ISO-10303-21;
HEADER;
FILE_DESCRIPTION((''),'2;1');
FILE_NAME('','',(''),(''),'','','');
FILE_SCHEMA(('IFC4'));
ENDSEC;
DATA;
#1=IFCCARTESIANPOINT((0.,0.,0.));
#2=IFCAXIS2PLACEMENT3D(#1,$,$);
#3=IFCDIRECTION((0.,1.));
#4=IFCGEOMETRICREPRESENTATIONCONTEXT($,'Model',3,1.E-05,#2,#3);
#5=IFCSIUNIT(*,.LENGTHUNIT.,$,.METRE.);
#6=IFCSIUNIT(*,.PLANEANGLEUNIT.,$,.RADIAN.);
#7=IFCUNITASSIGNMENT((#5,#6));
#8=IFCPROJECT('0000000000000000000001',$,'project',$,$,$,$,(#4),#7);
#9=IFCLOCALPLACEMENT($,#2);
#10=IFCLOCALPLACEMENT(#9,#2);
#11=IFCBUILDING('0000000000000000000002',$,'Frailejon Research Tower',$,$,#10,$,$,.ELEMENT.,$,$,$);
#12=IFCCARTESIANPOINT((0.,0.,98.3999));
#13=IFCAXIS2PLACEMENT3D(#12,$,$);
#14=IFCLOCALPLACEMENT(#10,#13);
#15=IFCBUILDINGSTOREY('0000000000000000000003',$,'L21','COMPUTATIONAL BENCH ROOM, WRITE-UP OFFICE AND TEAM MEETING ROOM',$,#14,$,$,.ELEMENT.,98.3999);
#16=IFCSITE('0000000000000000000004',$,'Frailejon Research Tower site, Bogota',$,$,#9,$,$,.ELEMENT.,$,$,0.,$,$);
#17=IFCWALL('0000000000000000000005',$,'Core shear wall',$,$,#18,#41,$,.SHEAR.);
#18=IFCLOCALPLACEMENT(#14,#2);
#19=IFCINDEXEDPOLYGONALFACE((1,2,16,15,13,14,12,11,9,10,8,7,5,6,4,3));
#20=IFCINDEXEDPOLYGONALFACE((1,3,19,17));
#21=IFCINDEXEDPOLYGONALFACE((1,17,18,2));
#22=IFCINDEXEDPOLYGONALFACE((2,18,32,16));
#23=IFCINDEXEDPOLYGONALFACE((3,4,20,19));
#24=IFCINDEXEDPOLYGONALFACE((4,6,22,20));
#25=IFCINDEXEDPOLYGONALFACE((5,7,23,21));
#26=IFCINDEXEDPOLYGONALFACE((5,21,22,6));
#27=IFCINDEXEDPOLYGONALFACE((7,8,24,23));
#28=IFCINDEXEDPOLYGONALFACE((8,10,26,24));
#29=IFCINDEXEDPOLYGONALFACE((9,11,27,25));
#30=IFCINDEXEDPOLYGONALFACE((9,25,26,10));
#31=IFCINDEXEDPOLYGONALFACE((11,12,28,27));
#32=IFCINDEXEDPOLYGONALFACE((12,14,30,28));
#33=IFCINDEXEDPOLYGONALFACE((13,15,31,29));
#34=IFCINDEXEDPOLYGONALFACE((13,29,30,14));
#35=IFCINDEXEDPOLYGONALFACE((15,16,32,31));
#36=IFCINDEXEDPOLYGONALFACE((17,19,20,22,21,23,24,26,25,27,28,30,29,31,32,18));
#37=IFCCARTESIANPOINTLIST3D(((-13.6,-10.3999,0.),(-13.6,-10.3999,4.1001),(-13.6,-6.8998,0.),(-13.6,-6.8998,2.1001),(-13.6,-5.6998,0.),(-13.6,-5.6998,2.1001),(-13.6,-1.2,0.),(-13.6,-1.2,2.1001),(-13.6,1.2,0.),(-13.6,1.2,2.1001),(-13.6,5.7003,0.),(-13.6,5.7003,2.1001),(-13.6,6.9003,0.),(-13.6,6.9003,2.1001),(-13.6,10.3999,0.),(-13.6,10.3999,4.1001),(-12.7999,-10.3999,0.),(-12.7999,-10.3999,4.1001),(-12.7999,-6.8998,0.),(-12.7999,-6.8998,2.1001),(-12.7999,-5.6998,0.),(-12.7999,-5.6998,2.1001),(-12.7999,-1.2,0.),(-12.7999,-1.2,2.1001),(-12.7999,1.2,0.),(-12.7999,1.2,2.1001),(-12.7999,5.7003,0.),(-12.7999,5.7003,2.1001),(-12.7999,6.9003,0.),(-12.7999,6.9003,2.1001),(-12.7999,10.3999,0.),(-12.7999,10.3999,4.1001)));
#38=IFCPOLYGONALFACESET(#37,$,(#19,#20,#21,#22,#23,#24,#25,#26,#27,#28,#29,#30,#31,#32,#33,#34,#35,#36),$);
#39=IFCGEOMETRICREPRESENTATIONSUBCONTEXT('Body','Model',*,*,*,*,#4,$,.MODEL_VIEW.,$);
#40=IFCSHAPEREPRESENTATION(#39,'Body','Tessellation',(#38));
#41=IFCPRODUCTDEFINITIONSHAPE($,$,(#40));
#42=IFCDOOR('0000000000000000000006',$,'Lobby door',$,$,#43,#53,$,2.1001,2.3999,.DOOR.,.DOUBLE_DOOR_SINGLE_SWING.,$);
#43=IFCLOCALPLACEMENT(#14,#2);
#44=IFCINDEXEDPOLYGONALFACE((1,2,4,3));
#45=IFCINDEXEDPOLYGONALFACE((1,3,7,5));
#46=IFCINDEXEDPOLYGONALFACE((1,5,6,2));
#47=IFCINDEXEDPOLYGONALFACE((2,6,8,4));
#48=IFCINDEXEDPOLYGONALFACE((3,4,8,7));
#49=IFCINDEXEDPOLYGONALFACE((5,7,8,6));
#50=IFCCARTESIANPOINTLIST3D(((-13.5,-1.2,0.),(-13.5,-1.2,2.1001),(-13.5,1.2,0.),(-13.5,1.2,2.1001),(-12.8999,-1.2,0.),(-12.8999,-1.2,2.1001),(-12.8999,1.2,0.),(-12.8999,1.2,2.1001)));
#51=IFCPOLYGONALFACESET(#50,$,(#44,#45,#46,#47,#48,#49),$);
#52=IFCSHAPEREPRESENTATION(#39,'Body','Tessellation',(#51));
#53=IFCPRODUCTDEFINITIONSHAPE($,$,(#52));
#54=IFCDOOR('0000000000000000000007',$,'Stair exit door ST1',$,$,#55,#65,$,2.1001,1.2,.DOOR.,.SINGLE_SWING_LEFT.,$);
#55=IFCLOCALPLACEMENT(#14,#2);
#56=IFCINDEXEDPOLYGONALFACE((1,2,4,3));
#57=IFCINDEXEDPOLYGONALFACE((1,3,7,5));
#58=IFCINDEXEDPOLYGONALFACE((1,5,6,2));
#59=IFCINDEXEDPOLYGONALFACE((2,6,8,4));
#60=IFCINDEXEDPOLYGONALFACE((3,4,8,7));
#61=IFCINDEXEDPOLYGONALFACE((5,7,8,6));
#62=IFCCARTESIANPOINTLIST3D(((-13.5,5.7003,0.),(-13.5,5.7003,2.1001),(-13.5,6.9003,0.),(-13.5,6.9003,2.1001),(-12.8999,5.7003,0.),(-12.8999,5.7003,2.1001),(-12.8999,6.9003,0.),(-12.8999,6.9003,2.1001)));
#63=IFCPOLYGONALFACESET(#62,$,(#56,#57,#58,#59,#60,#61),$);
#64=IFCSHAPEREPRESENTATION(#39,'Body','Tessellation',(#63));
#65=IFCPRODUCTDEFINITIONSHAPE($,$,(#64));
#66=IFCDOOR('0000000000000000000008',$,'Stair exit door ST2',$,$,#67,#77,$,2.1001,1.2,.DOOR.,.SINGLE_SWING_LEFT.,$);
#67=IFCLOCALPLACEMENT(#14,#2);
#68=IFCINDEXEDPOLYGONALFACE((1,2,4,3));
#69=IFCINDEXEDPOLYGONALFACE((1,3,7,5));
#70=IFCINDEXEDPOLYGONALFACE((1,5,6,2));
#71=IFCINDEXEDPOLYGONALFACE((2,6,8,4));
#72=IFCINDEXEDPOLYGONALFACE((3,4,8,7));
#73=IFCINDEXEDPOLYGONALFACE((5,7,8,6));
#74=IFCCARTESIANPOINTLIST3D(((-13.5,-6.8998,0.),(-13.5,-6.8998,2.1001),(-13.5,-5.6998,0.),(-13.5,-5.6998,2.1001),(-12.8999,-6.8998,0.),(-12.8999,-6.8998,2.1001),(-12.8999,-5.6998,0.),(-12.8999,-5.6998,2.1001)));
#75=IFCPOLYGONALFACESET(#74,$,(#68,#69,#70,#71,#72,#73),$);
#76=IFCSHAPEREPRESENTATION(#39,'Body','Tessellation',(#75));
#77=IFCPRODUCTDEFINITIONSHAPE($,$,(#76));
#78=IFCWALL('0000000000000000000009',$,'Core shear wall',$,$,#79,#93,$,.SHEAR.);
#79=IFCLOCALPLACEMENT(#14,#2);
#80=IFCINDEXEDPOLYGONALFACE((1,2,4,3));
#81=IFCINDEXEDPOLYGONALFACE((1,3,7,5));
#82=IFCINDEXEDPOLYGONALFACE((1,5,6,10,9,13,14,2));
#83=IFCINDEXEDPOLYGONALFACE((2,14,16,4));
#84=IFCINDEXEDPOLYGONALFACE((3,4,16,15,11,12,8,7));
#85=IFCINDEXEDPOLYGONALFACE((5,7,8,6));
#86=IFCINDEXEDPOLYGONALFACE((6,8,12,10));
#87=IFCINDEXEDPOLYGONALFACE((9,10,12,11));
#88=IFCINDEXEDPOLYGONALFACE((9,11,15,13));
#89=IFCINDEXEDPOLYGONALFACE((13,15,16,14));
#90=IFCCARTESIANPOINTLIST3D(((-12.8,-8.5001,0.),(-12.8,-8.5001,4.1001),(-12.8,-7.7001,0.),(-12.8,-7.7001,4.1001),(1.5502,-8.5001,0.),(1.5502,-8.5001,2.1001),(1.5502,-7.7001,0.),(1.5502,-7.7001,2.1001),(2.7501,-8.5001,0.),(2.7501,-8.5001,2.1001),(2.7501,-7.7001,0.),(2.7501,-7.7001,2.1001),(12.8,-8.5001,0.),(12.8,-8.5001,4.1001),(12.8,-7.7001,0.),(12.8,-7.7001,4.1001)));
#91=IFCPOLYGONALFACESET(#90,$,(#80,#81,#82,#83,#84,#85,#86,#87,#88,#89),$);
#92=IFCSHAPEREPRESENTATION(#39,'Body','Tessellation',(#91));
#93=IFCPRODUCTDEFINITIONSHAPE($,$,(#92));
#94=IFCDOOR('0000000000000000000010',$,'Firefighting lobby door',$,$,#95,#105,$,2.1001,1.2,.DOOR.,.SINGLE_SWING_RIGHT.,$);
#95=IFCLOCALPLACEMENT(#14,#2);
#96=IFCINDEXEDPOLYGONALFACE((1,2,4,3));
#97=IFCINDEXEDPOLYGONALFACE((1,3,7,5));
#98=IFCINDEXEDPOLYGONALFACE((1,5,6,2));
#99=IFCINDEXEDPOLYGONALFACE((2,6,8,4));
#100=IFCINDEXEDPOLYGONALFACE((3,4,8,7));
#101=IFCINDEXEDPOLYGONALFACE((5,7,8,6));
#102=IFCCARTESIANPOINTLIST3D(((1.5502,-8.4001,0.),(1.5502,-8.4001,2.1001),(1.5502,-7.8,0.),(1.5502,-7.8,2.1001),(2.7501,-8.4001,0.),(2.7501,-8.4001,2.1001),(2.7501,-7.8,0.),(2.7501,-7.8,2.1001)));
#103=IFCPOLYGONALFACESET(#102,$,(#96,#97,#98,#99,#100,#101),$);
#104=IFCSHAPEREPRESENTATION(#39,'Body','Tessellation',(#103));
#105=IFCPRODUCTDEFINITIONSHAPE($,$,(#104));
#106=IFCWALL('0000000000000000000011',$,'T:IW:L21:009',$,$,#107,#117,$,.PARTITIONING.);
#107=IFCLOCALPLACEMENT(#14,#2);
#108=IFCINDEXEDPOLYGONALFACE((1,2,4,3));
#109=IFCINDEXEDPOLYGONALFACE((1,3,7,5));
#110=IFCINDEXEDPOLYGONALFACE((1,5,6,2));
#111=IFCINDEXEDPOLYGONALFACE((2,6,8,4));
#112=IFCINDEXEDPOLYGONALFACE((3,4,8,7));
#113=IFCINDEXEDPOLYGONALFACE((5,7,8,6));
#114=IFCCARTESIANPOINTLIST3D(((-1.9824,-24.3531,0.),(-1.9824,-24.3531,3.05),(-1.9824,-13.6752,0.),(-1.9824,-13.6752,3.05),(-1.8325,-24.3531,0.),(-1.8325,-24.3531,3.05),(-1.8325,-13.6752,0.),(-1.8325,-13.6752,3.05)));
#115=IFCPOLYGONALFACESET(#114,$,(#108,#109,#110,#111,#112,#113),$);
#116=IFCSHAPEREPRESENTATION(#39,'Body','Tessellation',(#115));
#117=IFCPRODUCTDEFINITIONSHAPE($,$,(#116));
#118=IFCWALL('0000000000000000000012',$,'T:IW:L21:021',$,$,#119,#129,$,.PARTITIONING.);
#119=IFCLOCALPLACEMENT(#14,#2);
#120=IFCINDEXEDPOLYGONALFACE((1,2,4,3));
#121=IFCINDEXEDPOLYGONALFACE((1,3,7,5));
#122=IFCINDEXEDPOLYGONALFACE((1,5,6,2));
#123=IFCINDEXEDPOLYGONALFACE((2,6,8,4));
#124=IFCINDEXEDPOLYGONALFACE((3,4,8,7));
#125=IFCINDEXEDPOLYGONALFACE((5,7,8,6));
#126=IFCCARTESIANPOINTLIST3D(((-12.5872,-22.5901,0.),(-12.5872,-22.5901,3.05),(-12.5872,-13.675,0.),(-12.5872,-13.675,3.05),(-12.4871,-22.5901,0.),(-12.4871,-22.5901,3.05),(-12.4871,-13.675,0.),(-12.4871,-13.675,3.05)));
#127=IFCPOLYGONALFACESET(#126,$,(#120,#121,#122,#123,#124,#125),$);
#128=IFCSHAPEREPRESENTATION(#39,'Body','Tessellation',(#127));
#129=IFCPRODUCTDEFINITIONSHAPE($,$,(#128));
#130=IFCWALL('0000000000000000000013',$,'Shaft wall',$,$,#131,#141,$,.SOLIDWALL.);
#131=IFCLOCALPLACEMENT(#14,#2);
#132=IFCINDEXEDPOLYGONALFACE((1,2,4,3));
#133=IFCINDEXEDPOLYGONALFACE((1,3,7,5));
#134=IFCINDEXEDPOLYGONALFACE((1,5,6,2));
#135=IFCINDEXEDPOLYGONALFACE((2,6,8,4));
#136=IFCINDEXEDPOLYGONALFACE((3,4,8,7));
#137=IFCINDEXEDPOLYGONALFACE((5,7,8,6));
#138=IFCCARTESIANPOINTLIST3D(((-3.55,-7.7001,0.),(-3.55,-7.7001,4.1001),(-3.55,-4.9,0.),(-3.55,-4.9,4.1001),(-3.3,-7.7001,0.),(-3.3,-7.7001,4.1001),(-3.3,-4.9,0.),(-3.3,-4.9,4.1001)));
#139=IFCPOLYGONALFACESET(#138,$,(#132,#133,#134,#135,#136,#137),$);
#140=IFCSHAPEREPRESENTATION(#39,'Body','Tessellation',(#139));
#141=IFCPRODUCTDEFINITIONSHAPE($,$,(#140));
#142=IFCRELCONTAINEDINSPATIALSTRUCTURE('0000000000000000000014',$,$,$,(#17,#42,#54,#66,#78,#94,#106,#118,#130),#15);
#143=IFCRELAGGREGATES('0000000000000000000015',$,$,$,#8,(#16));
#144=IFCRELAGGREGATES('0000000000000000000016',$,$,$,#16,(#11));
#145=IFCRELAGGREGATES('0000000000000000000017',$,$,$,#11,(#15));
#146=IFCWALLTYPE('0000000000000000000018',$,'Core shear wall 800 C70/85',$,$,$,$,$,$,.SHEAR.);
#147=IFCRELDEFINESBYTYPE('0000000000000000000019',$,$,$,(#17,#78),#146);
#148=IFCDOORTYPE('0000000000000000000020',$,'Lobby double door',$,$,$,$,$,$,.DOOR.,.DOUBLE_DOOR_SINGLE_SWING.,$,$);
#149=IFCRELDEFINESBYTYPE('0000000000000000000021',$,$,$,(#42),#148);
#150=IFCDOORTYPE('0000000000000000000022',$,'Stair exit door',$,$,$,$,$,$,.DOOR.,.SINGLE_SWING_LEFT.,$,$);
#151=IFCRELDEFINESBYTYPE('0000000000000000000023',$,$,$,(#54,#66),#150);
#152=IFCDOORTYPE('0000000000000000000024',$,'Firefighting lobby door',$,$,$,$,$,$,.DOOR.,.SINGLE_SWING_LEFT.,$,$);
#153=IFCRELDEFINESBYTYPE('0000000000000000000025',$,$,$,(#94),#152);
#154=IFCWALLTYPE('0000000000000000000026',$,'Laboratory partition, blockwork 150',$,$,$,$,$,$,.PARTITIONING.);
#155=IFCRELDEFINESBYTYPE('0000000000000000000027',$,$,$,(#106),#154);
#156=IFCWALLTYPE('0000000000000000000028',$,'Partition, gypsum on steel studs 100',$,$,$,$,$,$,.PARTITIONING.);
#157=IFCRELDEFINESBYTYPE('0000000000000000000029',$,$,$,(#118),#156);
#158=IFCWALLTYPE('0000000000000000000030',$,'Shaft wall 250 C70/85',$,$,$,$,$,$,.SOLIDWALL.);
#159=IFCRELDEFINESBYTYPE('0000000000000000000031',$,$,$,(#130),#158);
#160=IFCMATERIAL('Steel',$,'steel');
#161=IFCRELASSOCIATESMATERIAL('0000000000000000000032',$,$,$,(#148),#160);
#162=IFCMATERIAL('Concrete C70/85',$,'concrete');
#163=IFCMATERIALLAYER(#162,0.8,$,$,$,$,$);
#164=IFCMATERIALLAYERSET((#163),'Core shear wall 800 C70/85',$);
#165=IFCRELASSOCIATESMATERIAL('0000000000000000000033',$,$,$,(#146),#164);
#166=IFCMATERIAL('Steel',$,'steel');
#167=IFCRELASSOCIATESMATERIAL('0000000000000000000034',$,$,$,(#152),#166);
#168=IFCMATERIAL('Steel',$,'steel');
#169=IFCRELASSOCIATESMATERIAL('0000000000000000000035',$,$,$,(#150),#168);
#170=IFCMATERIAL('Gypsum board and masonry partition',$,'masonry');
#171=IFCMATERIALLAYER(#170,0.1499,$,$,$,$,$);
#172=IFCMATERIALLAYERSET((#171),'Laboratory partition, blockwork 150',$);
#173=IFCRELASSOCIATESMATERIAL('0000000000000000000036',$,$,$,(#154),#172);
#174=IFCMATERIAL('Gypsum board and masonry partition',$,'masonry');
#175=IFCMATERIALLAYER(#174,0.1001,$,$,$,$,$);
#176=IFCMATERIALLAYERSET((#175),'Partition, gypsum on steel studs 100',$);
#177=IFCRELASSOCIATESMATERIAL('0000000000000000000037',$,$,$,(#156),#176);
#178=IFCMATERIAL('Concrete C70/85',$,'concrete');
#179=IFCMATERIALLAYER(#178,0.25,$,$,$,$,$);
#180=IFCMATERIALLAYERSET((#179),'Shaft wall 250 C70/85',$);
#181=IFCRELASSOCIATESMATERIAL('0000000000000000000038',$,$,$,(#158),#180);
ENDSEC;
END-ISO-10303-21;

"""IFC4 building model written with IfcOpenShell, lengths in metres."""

from ifc_helpers import new_model, si_unit, direction, frame, frame_2d, origin, place, context, subcontext, project, spatial, rectangle, extrude, material, layer, layer_set, type_object, element, fill, save


model = new_model("IFC4")

# Units and contexts
model_context = context("Model", 3, precision=1e-05, world=origin(), true_north=direction((0.0, 1.0)))
body_context = subcontext(model_context, "Body", "Model", "MODEL_VIEW")
ifc_project = project(units=[si_unit("LENGTHUNIT", "METRE"), si_unit("PLANEANGLEUNIT", "RADIAN")], contexts=[model_context])

# Site, building, storey
site_placement = place(None, origin())
site = spatial("IfcSite", under=ifc_project, at=site_placement, Name="Frailejon Research Tower site, Bogota", CompositionType="ELEMENT", RefElevation=0.0)
building_placement = place(site_placement, origin())
building = spatial("IfcBuilding", under=site, at=building_placement, Name="Frailejon Research Tower", CompositionType="ELEMENT")
storey_placement = place(building_placement, frame((0.0, 0.0, 98.3999)))
storey = spatial("IfcBuildingStorey", under=building, at=storey_placement, Name="L21", Description="COMPUTATIONAL BENCH ROOM, WRITE-UP OFFICE AND TEAM MEETING ROOM", CompositionType="ELEMENT", Elevation=98.3999)

# Wall, openings, doors
ifc_material_1 = material(Name="Steel", Category="steel")
door_type_1 = type_object("IfcDoorType", Name="Lobby double door", OperationType="DOUBLE_DOOR_SINGLE_SWING", PredefinedType="DOOR", material=ifc_material_1)
ifc_material_2 = material(Name="Concrete C70/85", Category="concrete")
ifc_layer_1 = layer(ifc_material_2, 0.8)
ifc_layer_set_1 = layer_set([ifc_layer_1], Name="Core shear wall 800 C70/85")
wall_type_1 = type_object("IfcWallType", Name="Core shear wall 800 C70/85", PredefinedType="SHEAR", material=ifc_layer_set_1)
ifc_material_3 = material(Name="Steel", Category="steel")
door_type_2 = type_object("IfcDoorType", Name="Firefighting lobby door", OperationType="SINGLE_SWING_LEFT", PredefinedType="DOOR", material=ifc_material_3)
wall_1_placement = place(storey_placement, frame((-13.2, -10.3999, 0.0), z_axis=(0.0, 0.0, 1.0), x_axis=(0.0, 1.0, 0.0)))
wall_1 = element("IfcWall", 1, at=wall_1_placement, inside=storey, type_object=wall_type_1, Name="Core shear wall", PredefinedType="SHEAR", context=body_context, shape_type="SweptSolid", body=[
    extrude(rectangle(XDim=20.7998, YDim=0.8, at=frame_2d((10.3999, 0.0))), origin(), (0.0, 0.0, 1.0), 4.1001),
])
opening_1_placement = place(wall_1_placement, frame((9.2, 0.0, 0.0)))
opening_1 = element("IfcOpeningElement", 2, at=opening_1_placement, cuts=wall_1, PredefinedType="OPENING", context=body_context, shape_type="SweptSolid", body=[
    extrude(rectangle(XDim=2.3999, YDim=2.1001, at=frame_2d((1.2, 1.05))), frame((0.0, 0.4099, 0.0), z_axis=(0.0, -1.0, 0.0), x_axis=(1.0, 0.0, 0.0)), (0.0, 0.0, 1.0), 0.8201),
])
opening_2_placement = place(wall_1_placement, frame((16.1001, 0.0, 0.0)))
opening_2 = element("IfcOpeningElement", 3, at=opening_2_placement, cuts=wall_1, PredefinedType="OPENING", context=body_context, shape_type="SweptSolid", body=[
    extrude(rectangle(XDim=1.2, YDim=2.1001, at=frame_2d((0.6001, 1.05))), frame((0.0, 0.4099, 0.0), z_axis=(0.0, -1.0, 0.0), x_axis=(1.0, 0.0, 0.0)), (0.0, 0.0, 1.0), 0.8201),
])
opening_3_placement = place(wall_1_placement, frame((3.5, 0.0, 0.0)))
opening_3 = element("IfcOpeningElement", 4, at=opening_3_placement, cuts=wall_1, PredefinedType="OPENING", context=body_context, shape_type="SweptSolid", body=[
    extrude(rectangle(XDim=1.2, YDim=2.1001, at=frame_2d((0.6001, 1.05))), frame((0.0, 0.4099, 0.0), z_axis=(0.0, -1.0, 0.0), x_axis=(1.0, 0.0, 0.0)), (0.0, 0.0, 1.0), 0.8201),
])
door_1_placement = place(opening_1_placement, origin())
door_1 = element("IfcDoor", 5, at=door_1_placement, inside=storey, type_object=door_type_1, Name="Lobby door", OperationType="DOUBLE_DOOR_SINGLE_SWING", OverallHeight=2.1001, OverallWidth=2.3999, PredefinedType="DOOR", context=body_context, shape_type="SweptSolid", body=[
    extrude(rectangle(XDim=2.3999, YDim=2.1001, at=frame_2d((1.2, 1.05))), frame((0.0, 0.3, 0.0), z_axis=(0.0, -1.0, 0.0), x_axis=(1.0, 0.0, 0.0)), (0.0, 0.0, 1.0), 0.6001),
])
fill(opening_1, door_1)
ifc_material_4 = material(Name="Steel", Category="steel")
door_type_3 = type_object("IfcDoorType", Name="Stair exit door", OperationType="SINGLE_SWING_LEFT", PredefinedType="DOOR", material=ifc_material_4)
door_2_placement = place(opening_2_placement, origin())
door_2 = element("IfcDoor", 6, at=door_2_placement, inside=storey, type_object=door_type_3, Name="Stair exit door ST1", OperationType="SINGLE_SWING_LEFT", OverallHeight=2.1001, OverallWidth=1.2, PredefinedType="DOOR", context=body_context, shape_type="SweptSolid", body=[
    extrude(rectangle(XDim=1.2, YDim=2.1001, at=frame_2d((0.6001, 1.05))), frame((0.0, 0.3, 0.0), z_axis=(0.0, -1.0, 0.0), x_axis=(1.0, 0.0, 0.0)), (0.0, 0.0, 1.0), 0.6001),
])
fill(opening_2, door_2)
door_3_placement = place(opening_3_placement, origin())
door_3 = element("IfcDoor", 7, at=door_3_placement, inside=storey, type_object=door_type_3, Name="Stair exit door ST2", OperationType="SINGLE_SWING_LEFT", OverallHeight=2.1001, OverallWidth=1.2, PredefinedType="DOOR", context=body_context, shape_type="SweptSolid", body=[
    extrude(rectangle(XDim=1.2, YDim=2.1001, at=frame_2d((0.6001, 1.05))), frame((0.0, 0.3, 0.0), z_axis=(0.0, -1.0, 0.0), x_axis=(1.0, 0.0, 0.0)), (0.0, 0.0, 1.0), 0.6001),
])
fill(opening_3, door_3)

# Wall, opening, door
wall_2_placement = place(storey_placement, frame((-12.8, -8.1001, 0.0), z_axis=(0.0, 0.0, 1.0), x_axis=(1.0, 0.0, 0.0)))
wall_2 = element("IfcWall", 8, at=wall_2_placement, inside=storey, type_object=wall_type_1, Name="Core shear wall", PredefinedType="SHEAR", context=body_context, shape_type="SweptSolid", body=[
    extrude(rectangle(XDim=25.6001, YDim=0.8, at=frame_2d((12.8, 0.0))), origin(), (0.0, 0.0, 1.0), 4.1001),
])
opening_4_placement = place(wall_2_placement, frame((14.3501, 0.0, 0.0)))
opening_4 = element("IfcOpeningElement", 9, at=opening_4_placement, cuts=wall_2, PredefinedType="OPENING", context=body_context, shape_type="SweptSolid", body=[
    extrude(rectangle(XDim=1.2, YDim=2.1001, at=frame_2d((0.6001, 1.05))), frame((0.0, 0.4099, 0.0), z_axis=(0.0, -1.0, 0.0), x_axis=(1.0, 0.0, 0.0)), (0.0, 0.0, 1.0), 0.8201),
])
door_4_placement = place(opening_4_placement, origin())
door_4 = element("IfcDoor", 10, at=door_4_placement, inside=storey, type_object=door_type_2, Name="Firefighting lobby door", OperationType="SINGLE_SWING_RIGHT", OverallHeight=2.1001, OverallWidth=1.2, PredefinedType="DOOR", context=body_context, shape_type="SweptSolid", body=[
    extrude(rectangle(XDim=1.2, YDim=2.1001, at=frame_2d((0.6001, 1.05))), frame((0.0, 0.3, 0.0), z_axis=(0.0, -1.0, 0.0), x_axis=(1.0, 0.0, 0.0)), (0.0, 0.0, 1.0), 0.6001),
])
fill(opening_4, door_4)

# Walls
ifc_material_5 = material(Name="Gypsum board and masonry partition", Category="masonry")
ifc_layer_2 = layer(ifc_material_5, 0.1499)
ifc_layer_set_2 = layer_set([ifc_layer_2], Name="Laboratory partition, blockwork 150")
wall_type_2 = type_object("IfcWallType", Name="Laboratory partition, blockwork 150", PredefinedType="PARTITIONING", material=ifc_layer_set_2)
wall_3_placement = place(storey_placement, frame((-1.9075, -24.353, 0.0), z_axis=(0.0, 0.0, 1.0), x_axis=(0.0, 1.0, 0.0)))
element("IfcWall", 11, at=wall_3_placement, inside=storey, type_object=wall_type_2, Name="T:IW:L21:009", PredefinedType="PARTITIONING", context=body_context, shape_type="SweptSolid", body=[
    extrude(rectangle(XDim=10.678, YDim=0.1499, at=frame_2d((5.3389, 0.0))), origin(), (0.0, 0.0, 1.0), 3.05),
])
ifc_material_6 = material(Name="Gypsum board and masonry partition", Category="masonry")
ifc_layer_3 = layer(ifc_material_6, 0.1001)
ifc_layer_set_3 = layer_set([ifc_layer_3], Name="Partition, gypsum on steel studs 100")
wall_type_3 = type_object("IfcWallType", Name="Partition, gypsum on steel studs 100", PredefinedType="PARTITIONING", material=ifc_layer_set_3)
wall_4_placement = place(storey_placement, frame((-12.5371, -22.5901, 0.0), z_axis=(0.0, 0.0, 1.0), x_axis=(0.0, 1.0, 0.0)))
element("IfcWall", 12, at=wall_4_placement, inside=storey, type_object=wall_type_3, Name="T:IW:L21:021", PredefinedType="PARTITIONING", context=body_context, shape_type="SweptSolid", body=[
    extrude(rectangle(XDim=8.915, YDim=0.1001, at=frame_2d((4.4575, 0.0))), origin(), (0.0, 0.0, 1.0), 3.05),
])
ifc_material_7 = material(Name="Concrete C70/85", Category="concrete")
ifc_layer_4 = layer(ifc_material_7, 0.25)
ifc_layer_set_4 = layer_set([ifc_layer_4], Name="Shaft wall 250 C70/85")
wall_type_4 = type_object("IfcWallType", Name="Shaft wall 250 C70/85", PredefinedType="SOLIDWALL", material=ifc_layer_set_4)
wall_5_placement = place(storey_placement, frame((-3.425, -7.7, 0.0), z_axis=(0.0, 0.0, 1.0), x_axis=(0.0, 1.0, 0.0)))
element("IfcWall", 13, at=wall_5_placement, inside=storey, type_object=wall_type_4, Name="Shaft wall", PredefinedType="SOLIDWALL", context=body_context, shape_type="SweptSolid", body=[
    extrude(rectangle(XDim=2.8, YDim=0.25, at=frame_2d((1.3999, 0.0))), origin(), (0.0, 0.0, 1.0), 4.1001),
])

save(model, "model.ifc")
